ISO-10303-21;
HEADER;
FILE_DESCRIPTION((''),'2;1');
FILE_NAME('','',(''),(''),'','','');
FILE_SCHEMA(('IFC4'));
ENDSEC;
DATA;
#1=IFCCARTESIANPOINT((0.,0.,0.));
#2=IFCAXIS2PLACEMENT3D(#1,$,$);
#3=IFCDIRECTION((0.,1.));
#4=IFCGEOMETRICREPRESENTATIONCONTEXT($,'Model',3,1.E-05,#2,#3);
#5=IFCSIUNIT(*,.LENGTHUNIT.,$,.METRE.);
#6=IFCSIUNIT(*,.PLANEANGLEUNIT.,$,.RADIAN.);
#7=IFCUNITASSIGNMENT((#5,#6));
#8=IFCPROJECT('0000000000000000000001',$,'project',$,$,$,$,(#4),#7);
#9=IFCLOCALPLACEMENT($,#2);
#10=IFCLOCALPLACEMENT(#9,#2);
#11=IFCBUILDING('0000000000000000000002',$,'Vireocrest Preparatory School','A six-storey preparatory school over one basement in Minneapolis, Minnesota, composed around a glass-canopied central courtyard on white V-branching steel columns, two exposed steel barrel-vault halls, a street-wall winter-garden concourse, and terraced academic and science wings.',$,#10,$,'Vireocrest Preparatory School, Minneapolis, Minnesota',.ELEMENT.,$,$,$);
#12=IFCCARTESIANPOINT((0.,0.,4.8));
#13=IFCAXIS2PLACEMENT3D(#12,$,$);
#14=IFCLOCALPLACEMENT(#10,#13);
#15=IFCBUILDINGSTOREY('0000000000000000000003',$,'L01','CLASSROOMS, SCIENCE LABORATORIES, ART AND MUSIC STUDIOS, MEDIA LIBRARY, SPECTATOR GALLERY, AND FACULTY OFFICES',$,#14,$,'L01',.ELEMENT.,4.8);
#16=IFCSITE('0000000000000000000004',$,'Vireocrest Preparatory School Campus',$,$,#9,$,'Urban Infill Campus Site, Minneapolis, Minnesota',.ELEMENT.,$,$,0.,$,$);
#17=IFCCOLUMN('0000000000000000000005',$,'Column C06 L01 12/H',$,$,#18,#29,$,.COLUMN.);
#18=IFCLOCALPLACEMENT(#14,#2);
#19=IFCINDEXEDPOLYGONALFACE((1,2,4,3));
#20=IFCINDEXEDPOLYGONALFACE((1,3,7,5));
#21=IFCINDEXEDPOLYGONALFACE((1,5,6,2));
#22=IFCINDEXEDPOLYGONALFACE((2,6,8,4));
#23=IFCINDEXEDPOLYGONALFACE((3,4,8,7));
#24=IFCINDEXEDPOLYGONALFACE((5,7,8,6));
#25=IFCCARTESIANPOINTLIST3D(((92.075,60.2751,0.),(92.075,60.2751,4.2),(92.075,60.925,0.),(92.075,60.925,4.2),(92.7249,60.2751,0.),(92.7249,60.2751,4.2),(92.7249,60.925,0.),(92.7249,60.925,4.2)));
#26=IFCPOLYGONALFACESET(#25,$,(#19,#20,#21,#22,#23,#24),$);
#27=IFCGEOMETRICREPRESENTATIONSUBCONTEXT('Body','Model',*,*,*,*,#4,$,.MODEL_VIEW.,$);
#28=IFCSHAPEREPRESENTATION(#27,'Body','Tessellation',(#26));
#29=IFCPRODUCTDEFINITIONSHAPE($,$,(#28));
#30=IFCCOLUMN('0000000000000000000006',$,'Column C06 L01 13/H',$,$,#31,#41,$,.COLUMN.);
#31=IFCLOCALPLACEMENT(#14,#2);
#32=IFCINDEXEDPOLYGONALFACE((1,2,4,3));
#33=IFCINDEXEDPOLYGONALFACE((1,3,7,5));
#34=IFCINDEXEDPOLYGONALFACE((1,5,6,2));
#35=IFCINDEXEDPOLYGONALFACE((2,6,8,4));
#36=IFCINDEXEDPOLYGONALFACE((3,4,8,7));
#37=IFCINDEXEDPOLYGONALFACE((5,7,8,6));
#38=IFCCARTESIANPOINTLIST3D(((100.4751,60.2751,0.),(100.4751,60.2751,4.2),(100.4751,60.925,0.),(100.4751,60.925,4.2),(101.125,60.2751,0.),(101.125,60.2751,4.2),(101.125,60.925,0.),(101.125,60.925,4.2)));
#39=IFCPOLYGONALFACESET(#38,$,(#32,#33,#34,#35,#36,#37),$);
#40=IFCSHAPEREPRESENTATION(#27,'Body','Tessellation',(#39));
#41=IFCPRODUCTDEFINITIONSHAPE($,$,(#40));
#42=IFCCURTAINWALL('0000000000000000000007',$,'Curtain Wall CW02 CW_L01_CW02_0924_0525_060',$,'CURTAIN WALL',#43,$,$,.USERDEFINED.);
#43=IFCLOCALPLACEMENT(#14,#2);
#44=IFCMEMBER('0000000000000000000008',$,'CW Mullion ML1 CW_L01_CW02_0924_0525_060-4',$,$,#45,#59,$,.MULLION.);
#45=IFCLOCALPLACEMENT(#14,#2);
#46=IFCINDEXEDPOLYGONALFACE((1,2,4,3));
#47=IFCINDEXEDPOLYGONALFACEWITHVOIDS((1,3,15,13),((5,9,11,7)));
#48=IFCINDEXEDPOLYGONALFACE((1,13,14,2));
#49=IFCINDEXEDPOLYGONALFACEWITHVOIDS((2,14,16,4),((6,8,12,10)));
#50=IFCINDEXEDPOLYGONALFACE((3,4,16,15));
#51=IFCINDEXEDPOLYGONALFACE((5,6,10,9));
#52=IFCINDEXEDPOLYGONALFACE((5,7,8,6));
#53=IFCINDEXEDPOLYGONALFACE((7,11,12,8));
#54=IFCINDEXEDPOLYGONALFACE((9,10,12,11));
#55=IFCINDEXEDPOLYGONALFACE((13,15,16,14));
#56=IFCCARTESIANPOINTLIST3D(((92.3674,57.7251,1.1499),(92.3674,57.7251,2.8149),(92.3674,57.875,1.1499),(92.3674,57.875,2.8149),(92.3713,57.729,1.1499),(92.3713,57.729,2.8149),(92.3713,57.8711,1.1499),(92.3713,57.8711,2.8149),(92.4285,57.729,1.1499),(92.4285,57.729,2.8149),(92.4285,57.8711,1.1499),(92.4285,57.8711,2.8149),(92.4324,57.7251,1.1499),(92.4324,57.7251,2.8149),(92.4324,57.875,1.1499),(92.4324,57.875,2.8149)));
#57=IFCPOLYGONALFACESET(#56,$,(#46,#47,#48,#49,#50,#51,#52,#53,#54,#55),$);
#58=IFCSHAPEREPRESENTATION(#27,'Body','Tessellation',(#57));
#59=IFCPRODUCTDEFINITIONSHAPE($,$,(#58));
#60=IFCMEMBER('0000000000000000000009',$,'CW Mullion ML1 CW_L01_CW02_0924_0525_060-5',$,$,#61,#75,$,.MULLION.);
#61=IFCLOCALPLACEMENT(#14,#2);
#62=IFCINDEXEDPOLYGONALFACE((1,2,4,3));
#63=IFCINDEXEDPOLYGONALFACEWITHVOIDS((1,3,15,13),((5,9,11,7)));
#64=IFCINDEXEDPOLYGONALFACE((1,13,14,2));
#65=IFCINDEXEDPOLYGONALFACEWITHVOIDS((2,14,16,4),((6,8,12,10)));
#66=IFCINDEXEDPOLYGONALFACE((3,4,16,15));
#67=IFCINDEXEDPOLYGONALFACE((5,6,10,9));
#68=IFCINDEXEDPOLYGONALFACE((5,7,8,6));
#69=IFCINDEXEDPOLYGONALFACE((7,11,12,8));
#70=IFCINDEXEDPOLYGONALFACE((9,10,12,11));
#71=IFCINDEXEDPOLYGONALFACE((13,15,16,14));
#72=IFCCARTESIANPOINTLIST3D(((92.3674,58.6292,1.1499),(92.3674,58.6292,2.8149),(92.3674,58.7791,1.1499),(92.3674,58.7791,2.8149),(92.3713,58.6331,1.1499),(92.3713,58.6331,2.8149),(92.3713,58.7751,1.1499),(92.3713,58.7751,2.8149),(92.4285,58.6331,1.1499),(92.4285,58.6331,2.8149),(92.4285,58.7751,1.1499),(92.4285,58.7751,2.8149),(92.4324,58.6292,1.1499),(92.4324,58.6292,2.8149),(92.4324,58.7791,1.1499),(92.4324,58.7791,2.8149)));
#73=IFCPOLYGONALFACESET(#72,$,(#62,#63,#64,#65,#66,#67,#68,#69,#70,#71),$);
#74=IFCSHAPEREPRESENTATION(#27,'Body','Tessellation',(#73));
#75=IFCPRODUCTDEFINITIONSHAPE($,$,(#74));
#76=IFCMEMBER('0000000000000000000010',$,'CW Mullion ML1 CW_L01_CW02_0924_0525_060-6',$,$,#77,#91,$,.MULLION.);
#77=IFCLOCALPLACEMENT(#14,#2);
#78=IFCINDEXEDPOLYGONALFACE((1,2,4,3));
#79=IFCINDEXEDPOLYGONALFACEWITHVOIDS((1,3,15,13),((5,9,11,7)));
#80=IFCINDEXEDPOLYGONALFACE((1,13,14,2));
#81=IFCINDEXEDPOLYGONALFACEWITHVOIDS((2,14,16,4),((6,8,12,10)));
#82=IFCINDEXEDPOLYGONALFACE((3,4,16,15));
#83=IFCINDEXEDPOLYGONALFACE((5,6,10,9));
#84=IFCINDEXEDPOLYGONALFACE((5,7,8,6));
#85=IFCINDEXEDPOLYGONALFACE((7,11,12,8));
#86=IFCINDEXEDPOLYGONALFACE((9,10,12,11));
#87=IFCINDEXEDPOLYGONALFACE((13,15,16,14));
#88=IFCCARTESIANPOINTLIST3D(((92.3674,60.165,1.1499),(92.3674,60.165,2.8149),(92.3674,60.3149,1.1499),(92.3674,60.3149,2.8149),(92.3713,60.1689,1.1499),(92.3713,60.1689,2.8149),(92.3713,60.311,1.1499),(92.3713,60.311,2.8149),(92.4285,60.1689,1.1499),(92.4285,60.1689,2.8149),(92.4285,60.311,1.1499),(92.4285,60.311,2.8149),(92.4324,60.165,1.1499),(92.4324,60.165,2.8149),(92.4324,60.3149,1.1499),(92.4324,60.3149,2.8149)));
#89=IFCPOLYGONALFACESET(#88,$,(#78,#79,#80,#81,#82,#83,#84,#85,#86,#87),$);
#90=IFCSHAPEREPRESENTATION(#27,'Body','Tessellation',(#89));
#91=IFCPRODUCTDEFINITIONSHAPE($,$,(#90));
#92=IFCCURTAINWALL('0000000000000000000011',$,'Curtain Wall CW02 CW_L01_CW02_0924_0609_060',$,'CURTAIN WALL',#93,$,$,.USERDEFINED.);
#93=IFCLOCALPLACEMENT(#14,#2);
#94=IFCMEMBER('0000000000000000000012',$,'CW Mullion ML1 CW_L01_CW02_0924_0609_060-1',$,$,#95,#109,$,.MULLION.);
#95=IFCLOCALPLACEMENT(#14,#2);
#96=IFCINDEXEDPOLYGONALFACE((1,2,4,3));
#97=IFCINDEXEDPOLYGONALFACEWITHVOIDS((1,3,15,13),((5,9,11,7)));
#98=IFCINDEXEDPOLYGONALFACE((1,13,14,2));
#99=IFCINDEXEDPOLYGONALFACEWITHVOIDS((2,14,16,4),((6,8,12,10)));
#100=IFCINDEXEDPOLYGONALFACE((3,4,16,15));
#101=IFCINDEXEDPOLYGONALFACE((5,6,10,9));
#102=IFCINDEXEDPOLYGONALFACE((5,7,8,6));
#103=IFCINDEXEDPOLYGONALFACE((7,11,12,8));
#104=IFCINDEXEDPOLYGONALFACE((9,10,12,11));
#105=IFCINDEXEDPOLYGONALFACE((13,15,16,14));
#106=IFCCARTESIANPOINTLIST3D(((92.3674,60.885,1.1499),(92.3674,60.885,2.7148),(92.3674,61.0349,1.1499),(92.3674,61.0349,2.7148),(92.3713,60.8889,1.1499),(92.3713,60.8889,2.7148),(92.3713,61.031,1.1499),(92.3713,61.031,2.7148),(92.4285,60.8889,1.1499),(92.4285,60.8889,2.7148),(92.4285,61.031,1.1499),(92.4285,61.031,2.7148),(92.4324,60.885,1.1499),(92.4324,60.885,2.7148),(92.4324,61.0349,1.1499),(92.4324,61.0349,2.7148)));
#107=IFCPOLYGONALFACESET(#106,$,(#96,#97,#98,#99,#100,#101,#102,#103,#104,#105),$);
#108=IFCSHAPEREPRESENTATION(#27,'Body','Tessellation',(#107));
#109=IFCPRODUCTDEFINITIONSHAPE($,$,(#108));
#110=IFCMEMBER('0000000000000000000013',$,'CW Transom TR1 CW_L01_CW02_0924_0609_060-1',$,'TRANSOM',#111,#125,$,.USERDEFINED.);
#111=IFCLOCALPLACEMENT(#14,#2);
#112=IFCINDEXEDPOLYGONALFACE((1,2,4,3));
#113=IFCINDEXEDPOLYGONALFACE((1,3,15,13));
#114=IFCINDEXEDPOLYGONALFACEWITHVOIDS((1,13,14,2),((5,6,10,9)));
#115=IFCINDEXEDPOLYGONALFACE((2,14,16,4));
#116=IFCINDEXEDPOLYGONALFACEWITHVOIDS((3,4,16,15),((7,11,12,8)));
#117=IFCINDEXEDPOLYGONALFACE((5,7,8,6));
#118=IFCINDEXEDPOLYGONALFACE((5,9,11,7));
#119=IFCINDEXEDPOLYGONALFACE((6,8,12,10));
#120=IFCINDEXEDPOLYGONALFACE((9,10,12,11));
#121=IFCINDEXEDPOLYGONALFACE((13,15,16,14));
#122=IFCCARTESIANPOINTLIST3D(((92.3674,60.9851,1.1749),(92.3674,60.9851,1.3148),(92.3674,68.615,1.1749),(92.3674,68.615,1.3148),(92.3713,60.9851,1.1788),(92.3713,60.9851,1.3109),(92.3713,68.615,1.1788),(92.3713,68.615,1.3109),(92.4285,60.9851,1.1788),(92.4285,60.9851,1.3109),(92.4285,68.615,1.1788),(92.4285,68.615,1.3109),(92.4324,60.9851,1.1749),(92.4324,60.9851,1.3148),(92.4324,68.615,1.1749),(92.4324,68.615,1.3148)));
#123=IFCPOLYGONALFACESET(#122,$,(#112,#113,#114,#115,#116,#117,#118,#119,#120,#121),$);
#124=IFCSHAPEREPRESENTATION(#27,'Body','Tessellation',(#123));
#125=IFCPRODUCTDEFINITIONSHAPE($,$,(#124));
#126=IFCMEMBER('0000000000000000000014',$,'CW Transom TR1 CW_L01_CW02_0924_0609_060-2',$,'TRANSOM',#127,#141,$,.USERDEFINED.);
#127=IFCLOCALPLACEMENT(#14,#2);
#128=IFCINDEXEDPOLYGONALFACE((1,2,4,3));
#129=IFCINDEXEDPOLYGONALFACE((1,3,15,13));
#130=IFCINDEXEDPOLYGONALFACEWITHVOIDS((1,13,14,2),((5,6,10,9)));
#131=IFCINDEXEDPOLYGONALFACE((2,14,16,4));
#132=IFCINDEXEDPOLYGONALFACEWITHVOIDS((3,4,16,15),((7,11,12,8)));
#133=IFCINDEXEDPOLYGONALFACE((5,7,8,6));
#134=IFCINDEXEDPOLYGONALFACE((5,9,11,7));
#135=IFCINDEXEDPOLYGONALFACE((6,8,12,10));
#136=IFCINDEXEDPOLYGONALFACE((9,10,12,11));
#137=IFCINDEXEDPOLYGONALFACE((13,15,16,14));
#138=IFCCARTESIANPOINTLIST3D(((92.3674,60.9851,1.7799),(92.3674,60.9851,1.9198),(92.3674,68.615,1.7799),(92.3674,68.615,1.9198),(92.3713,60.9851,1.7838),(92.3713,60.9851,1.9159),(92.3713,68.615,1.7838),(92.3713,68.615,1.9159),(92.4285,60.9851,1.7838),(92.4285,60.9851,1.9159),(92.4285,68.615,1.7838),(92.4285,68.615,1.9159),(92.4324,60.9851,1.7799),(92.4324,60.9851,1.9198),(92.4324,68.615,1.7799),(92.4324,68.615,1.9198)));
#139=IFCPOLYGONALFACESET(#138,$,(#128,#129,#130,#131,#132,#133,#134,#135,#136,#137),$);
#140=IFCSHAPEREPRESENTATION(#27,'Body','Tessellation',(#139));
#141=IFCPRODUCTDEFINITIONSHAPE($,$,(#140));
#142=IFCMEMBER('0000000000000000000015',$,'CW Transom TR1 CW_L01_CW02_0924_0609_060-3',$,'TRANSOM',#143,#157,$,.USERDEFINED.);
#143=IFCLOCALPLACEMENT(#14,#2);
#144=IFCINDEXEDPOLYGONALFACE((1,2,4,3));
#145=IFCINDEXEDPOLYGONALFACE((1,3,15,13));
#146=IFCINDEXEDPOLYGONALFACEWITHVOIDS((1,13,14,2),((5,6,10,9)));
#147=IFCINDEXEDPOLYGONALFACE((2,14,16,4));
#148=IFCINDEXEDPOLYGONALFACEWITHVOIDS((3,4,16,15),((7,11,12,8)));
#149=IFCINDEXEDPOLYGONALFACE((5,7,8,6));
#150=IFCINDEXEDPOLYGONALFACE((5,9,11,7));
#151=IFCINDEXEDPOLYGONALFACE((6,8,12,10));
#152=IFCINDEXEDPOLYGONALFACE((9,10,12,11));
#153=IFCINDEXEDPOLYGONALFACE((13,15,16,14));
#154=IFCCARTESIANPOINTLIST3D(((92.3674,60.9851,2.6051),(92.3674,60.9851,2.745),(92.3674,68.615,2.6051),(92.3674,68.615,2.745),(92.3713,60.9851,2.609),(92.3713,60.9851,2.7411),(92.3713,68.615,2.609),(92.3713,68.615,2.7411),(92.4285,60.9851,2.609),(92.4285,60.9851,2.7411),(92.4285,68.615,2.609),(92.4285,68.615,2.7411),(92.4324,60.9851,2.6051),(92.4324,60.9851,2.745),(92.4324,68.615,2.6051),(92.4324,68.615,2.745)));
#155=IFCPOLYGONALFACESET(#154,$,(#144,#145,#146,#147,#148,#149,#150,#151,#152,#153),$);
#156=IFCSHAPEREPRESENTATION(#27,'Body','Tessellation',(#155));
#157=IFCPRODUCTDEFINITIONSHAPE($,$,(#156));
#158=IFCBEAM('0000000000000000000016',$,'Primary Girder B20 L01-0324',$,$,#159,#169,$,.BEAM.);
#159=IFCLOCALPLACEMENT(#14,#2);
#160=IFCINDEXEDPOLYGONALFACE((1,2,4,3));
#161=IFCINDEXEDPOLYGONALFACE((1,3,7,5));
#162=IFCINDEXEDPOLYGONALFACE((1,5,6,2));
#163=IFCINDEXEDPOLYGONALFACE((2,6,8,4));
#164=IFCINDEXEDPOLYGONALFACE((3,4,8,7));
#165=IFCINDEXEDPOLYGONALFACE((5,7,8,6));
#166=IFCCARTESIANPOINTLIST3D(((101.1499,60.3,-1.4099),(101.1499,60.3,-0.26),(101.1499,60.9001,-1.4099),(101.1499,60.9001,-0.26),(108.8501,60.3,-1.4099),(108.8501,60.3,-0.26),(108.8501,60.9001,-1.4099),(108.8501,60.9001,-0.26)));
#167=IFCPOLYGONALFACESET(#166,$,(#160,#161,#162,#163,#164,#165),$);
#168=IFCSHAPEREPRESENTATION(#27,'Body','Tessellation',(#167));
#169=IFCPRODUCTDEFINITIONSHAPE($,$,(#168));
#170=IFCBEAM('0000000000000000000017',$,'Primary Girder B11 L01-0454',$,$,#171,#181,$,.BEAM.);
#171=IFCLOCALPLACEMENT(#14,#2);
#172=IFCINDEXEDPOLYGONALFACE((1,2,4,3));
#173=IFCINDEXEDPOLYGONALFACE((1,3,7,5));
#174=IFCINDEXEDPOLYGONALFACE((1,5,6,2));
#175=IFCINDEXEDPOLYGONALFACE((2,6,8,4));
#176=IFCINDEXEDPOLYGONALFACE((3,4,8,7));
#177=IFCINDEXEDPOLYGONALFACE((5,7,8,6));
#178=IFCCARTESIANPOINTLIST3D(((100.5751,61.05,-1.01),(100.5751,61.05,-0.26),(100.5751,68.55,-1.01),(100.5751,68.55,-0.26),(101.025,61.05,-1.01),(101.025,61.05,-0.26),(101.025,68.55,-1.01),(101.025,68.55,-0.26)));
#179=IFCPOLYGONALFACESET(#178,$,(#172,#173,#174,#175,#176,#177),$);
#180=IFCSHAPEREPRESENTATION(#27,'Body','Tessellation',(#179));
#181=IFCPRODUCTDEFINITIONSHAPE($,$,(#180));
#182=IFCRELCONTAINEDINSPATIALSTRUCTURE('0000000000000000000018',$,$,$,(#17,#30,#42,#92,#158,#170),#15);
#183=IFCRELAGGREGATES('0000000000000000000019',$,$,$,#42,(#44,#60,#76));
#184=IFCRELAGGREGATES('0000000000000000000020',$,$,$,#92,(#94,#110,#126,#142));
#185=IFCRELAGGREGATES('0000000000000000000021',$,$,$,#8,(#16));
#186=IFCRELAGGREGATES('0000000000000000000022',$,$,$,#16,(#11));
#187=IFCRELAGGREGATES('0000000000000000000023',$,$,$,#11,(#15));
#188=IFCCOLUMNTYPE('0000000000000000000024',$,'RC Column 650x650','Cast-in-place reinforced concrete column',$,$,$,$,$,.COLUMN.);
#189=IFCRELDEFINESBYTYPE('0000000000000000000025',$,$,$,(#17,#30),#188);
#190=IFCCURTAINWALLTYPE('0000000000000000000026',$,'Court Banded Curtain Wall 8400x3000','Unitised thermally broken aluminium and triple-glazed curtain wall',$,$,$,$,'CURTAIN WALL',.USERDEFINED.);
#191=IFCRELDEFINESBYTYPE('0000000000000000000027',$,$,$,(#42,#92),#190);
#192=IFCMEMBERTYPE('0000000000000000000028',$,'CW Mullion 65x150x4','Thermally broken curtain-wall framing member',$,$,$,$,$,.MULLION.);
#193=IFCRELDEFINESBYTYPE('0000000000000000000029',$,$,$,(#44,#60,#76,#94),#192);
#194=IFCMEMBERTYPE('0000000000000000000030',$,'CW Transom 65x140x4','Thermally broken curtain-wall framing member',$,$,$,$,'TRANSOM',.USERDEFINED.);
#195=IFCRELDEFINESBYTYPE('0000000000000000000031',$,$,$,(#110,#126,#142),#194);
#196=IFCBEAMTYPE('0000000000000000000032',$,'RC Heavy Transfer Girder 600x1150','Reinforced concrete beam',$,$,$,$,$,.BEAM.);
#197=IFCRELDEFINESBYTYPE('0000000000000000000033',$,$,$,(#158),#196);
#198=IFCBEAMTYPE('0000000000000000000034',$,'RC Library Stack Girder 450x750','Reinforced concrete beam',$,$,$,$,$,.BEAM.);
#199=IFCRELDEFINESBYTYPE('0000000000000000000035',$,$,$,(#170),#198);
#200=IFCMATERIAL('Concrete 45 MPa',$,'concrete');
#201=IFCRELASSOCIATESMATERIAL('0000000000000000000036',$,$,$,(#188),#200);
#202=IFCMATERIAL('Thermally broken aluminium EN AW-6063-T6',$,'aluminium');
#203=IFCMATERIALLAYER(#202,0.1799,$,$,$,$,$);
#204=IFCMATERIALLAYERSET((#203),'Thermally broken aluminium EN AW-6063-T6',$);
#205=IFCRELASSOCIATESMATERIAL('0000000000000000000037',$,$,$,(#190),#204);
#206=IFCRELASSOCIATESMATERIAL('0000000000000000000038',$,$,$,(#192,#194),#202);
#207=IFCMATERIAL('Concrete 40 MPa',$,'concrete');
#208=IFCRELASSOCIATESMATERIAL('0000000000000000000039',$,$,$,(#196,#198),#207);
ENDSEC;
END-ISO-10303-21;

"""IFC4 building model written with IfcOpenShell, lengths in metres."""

from ifc_helpers import new_model, si_unit, direction, frame, origin, origin_2d, place, context, subcontext, project, spatial, rectangle, hollow_rectangle, extrude, material, layer, layer_set, material_profile, profile_set, type_object, element, aggregate, save


model = new_model("IFC4")

# Units and contexts
model_context = context("Model", 3, precision=1e-05, world=origin(), true_north=direction((0.0, 1.0)))
body_context = subcontext(model_context, "Body", "Model", "MODEL_VIEW")
ifc_project = project(units=[si_unit("LENGTHUNIT", "METRE"), si_unit("PLANEANGLEUNIT", "RADIAN")], contexts=[model_context])

# Site, building, storey
site_placement = place(None, origin())
site = spatial("IfcSite", under=ifc_project, at=site_placement, Name="Vireocrest Preparatory School Campus", LongName="Urban Infill Campus Site, Minneapolis, Minnesota", CompositionType="ELEMENT", RefElevation=0.0)
building_placement = place(site_placement, origin())
building = spatial("IfcBuilding", under=site, at=building_placement, Name="Vireocrest Preparatory School", Description="A six-storey preparatory school over one basement in Minneapolis, Minnesota, composed around a glass-canopied central courtyard on white V-branching steel columns, two exposed steel barrel-vault halls, a street-wall winter-garden concourse, and terraced academic and science wings.", LongName="Vireocrest Preparatory School, Minneapolis, Minnesota", CompositionType="ELEMENT")
storey_placement = place(building_placement, frame((0.0, 0.0, 4.8)))
storey = spatial("IfcBuildingStorey", under=building, at=storey_placement, Name="L01", Description="CLASSROOMS, SCIENCE LABORATORIES, ART AND MUSIC STUDIOS, MEDIA LIBRARY, SPECTATOR GALLERY, AND FACULTY OFFICES", LongName="L01", CompositionType="ELEMENT", Elevation=4.8)

# Columns
ifc_material_1 = material(Name="Concrete 45 MPa", Category="concrete")
ifc_material_profile_1 = material_profile(ifc_material_1, rectangle(XDim=0.6499, YDim=0.6499, at=origin_2d()), Name="RC 650x650")
ifc_profile_set_1 = profile_set([ifc_material_profile_1], Name="Concrete 45 MPa")
column_type = type_object("IfcColumnType", Name="RC Column 650x650", Description="Cast-in-place reinforced concrete column", PredefinedType="COLUMN", material=ifc_profile_set_1)
for number, where, z_axis, x_axis, name in (
    (1, (92.3999, 60.6001, 0.0), (0.0, 0.0, 1.0), (1.0, 0.0, 0.0), "Column C06 L01 12/H"),
    (2, (100.8, 60.6001, 0.0), (0.0, 0.0, 1.0), (1.0, 0.0, 0.0), "Column C06 L01 13/H"),
):
    element("IfcColumn", number, at=place(storey_placement, frame(where, z_axis=z_axis, x_axis=x_axis)), inside=storey, type_object=column_type, Name=name, PredefinedType="COLUMN", context=body_context, shape_type="SweptSolid", body=[
        extrude(rectangle(XDim=0.6499, YDim=0.6499, at=origin_2d()), origin(), (0.0, 0.0, 1.0), 4.2),
    ])

# Curtain walls, members
ifc_material_2 = material(Name="Thermally broken aluminium EN AW-6063-T6", Category="aluminium")
ifc_layer_1 = layer(ifc_material_2, 0.1799)
ifc_layer_set_1 = layer_set([ifc_layer_1], Name="Thermally broken aluminium EN AW-6063-T6")
curtain_wall_type = type_object("IfcCurtainWallType", Name="Court Banded Curtain Wall 8400x3000", Description="Unitised thermally broken aluminium and triple-glazed curtain wall", ElementType="CURTAIN WALL", PredefinedType="USERDEFINED", material=ifc_layer_set_1)
curtain_wall_1_placement = place(storey_placement, origin())
curtain_wall_1 = element("IfcCurtainWall", 3, at=curtain_wall_1_placement, inside=storey, type_object=curtain_wall_type, Name="Curtain Wall CW02 CW_L01_CW02_0924_0525_060", ObjectType="CURTAIN WALL", PredefinedType="USERDEFINED")
ifc_material_profile_2 = material_profile(ifc_material_2, hollow_rectangle(XDim=0.0649, YDim=0.1499, WallThickness=0.0039, at=origin_2d()), Name="ALU 65x150x4")
ifc_profile_set_2 = profile_set([ifc_material_profile_2], Name="Thermally broken aluminium EN AW-6063-T6")
member_type_1 = type_object("IfcMemberType", Name="CW Mullion 65x150x4", Description="Thermally broken curtain-wall framing member", PredefinedType="MULLION", material=ifc_profile_set_2)
member_1_placement = place(storey_placement, frame((92.3999, 57.8, 1.1499), z_axis=(0.0, 0.0, 1.0), x_axis=(1.0, 0.0, 0.0)))
member_1 = element("IfcMember", 4, at=member_1_placement, type_object=member_type_1, Name="CW Mullion ML1 CW_L01_CW02_0924_0525_060-4", PredefinedType="MULLION", context=body_context, shape_type="SweptSolid", body=[
    extrude(hollow_rectangle(XDim=0.0649, YDim=0.1499, WallThickness=0.0039, at=origin_2d()), origin(), (0.0, 0.0, 1.0), 1.665),
])
member_2_placement = place(storey_placement, frame((92.3999, 58.7041, 1.1499), z_axis=(0.0, 0.0, 1.0), x_axis=(1.0, 0.0, 0.0)))
member_2 = element("IfcMember", 5, at=member_2_placement, type_object=member_type_1, Name="CW Mullion ML1 CW_L01_CW02_0924_0525_060-5", PredefinedType="MULLION", context=body_context, shape_type="SweptSolid", body=[
    extrude(hollow_rectangle(XDim=0.0649, YDim=0.1499, WallThickness=0.0039, at=origin_2d()), origin(), (0.0, 0.0, 1.0), 1.665),
])
member_3_placement = place(storey_placement, frame((92.3999, 60.24, 1.1499), z_axis=(0.0, 0.0, 1.0), x_axis=(1.0, 0.0, 0.0)))
member_3 = element("IfcMember", 6, at=member_3_placement, type_object=member_type_1, Name="CW Mullion ML1 CW_L01_CW02_0924_0525_060-6", PredefinedType="MULLION", context=body_context, shape_type="SweptSolid", body=[
    extrude(hollow_rectangle(XDim=0.0649, YDim=0.1499, WallThickness=0.0039, at=origin_2d()), origin(), (0.0, 0.0, 1.0), 1.665),
])
curtain_wall_2_placement = place(storey_placement, origin())
curtain_wall_2 = element("IfcCurtainWall", 7, at=curtain_wall_2_placement, inside=storey, type_object=curtain_wall_type, Name="Curtain Wall CW02 CW_L01_CW02_0924_0609_060", ObjectType="CURTAIN WALL", PredefinedType="USERDEFINED")
member_4_placement = place(storey_placement, frame((92.3999, 60.96, 1.1499), z_axis=(0.0, 0.0, 1.0), x_axis=(1.0, 0.0, 0.0)))
member_4 = element("IfcMember", 8, at=member_4_placement, type_object=member_type_1, Name="CW Mullion ML1 CW_L01_CW02_0924_0609_060-1", PredefinedType="MULLION", context=body_context, shape_type="SweptSolid", body=[
    extrude(hollow_rectangle(XDim=0.0649, YDim=0.1499, WallThickness=0.0039, at=origin_2d()), origin(), (0.0, 0.0, 1.0), 1.5649),
])
ifc_material_profile_3 = material_profile(ifc_material_2, hollow_rectangle(XDim=0.0649, YDim=0.1399, WallThickness=0.0039, at=origin_2d()), Name="ALU 65x140x4")
ifc_profile_set_3 = profile_set([ifc_material_profile_3], Name="Thermally broken aluminium EN AW-6063-T6")
member_type_2 = type_object("IfcMemberType", Name="CW Transom 65x140x4", Description="Thermally broken curtain-wall framing member", ElementType="TRANSOM", PredefinedType="USERDEFINED", material=ifc_profile_set_3)
member_5_placement = place(storey_placement, frame((92.3999, 60.9851, 1.2449), z_axis=(0.0, 1.0, 0.0), x_axis=(-1.0, 0.0, 0.0)))
member_5 = element("IfcMember", 9, at=member_5_placement, type_object=member_type_2, Name="CW Transom TR1 CW_L01_CW02_0924_0609_060-1", ObjectType="TRANSOM", PredefinedType="USERDEFINED", context=body_context, shape_type="SweptSolid", body=[
    extrude(hollow_rectangle(XDim=0.0649, YDim=0.1399, WallThickness=0.0039, at=origin_2d()), origin(), (0.0, 0.0, 1.0), 7.6299),
])
member_6_placement = place(storey_placement, frame((92.3999, 60.9851, 1.8499), z_axis=(0.0, 1.0, 0.0), x_axis=(-1.0, 0.0, 0.0)))
member_6 = element("IfcMember", 10, at=member_6_placement, type_object=member_type_2, Name="CW Transom TR1 CW_L01_CW02_0924_0609_060-2", ObjectType="TRANSOM", PredefinedType="USERDEFINED", context=body_context, shape_type="SweptSolid", body=[
    extrude(hollow_rectangle(XDim=0.0649, YDim=0.1399, WallThickness=0.0039, at=origin_2d()), origin(), (0.0, 0.0, 1.0), 7.6299),
])
member_7_placement = place(storey_placement, frame((92.3999, 60.9851, 2.675), z_axis=(0.0, 1.0, 0.0), x_axis=(-1.0, 0.0, 0.0)))
member_7 = element("IfcMember", 11, at=member_7_placement, type_object=member_type_2, Name="CW Transom TR1 CW_L01_CW02_0924_0609_060-3", ObjectType="TRANSOM", PredefinedType="USERDEFINED", context=body_context, shape_type="SweptSolid", body=[
    extrude(hollow_rectangle(XDim=0.0649, YDim=0.1399, WallThickness=0.0039, at=origin_2d()), origin(), (0.0, 0.0, 1.0), 7.6299),
])

# Beams
ifc_material_3 = material(Name="Concrete 40 MPa", Category="concrete")
ifc_material_profile_4 = material_profile(ifc_material_3, rectangle(XDim=0.6001, YDim=1.1499, at=origin_2d()), Name="RC 600x1150")
ifc_profile_set_4 = profile_set([ifc_material_profile_4], Name="Concrete 40 MPa")
beam_type_1 = type_object("IfcBeamType", Name="RC Heavy Transfer Girder 600x1150", Description="Reinforced concrete beam", PredefinedType="BEAM", material=ifc_profile_set_4)
beam_1_placement = place(storey_placement, frame((101.1499, 60.6001, -0.835), z_axis=(1.0, 0.0, 0.0), x_axis=(0.0, 1.0, 0.0)))
element("IfcBeam", 12, at=beam_1_placement, inside=storey, type_object=beam_type_1, Name="Primary Girder B20 L01-0324", PredefinedType="BEAM", context=body_context, shape_type="SweptSolid", body=[
    extrude(rectangle(XDim=0.6001, YDim=1.1499, at=origin_2d()), origin(), (0.0, 0.0, 1.0), 7.7002),
])
ifc_material_profile_5 = material_profile(ifc_material_3, rectangle(XDim=0.45, YDim=0.75, at=origin_2d()), Name="RC 450x750")
ifc_profile_set_5 = profile_set([ifc_material_profile_5], Name="Concrete 40 MPa")
beam_type_2 = type_object("IfcBeamType", Name="RC Library Stack Girder 450x750", Description="Reinforced concrete beam", PredefinedType="BEAM", material=ifc_profile_set_5)
beam_2_placement = place(storey_placement, frame((100.8, 61.05, -0.635), z_axis=(0.0, 1.0, 0.0), x_axis=(-1.0, 0.0, 0.0)))
element("IfcBeam", 13, at=beam_2_placement, inside=storey, type_object=beam_type_2, Name="Primary Girder B11 L01-0454", PredefinedType="BEAM", context=body_context, shape_type="SweptSolid", body=[
    extrude(rectangle(XDim=0.45, YDim=0.75, at=origin_2d()), origin(), (0.0, 0.0, 1.0), 7.5),
])

aggregate(curtain_wall_1, [member_1, member_2, member_3])
aggregate(curtain_wall_2, [member_4, member_5, member_6, member_7])

save(model, "model.ifc")
